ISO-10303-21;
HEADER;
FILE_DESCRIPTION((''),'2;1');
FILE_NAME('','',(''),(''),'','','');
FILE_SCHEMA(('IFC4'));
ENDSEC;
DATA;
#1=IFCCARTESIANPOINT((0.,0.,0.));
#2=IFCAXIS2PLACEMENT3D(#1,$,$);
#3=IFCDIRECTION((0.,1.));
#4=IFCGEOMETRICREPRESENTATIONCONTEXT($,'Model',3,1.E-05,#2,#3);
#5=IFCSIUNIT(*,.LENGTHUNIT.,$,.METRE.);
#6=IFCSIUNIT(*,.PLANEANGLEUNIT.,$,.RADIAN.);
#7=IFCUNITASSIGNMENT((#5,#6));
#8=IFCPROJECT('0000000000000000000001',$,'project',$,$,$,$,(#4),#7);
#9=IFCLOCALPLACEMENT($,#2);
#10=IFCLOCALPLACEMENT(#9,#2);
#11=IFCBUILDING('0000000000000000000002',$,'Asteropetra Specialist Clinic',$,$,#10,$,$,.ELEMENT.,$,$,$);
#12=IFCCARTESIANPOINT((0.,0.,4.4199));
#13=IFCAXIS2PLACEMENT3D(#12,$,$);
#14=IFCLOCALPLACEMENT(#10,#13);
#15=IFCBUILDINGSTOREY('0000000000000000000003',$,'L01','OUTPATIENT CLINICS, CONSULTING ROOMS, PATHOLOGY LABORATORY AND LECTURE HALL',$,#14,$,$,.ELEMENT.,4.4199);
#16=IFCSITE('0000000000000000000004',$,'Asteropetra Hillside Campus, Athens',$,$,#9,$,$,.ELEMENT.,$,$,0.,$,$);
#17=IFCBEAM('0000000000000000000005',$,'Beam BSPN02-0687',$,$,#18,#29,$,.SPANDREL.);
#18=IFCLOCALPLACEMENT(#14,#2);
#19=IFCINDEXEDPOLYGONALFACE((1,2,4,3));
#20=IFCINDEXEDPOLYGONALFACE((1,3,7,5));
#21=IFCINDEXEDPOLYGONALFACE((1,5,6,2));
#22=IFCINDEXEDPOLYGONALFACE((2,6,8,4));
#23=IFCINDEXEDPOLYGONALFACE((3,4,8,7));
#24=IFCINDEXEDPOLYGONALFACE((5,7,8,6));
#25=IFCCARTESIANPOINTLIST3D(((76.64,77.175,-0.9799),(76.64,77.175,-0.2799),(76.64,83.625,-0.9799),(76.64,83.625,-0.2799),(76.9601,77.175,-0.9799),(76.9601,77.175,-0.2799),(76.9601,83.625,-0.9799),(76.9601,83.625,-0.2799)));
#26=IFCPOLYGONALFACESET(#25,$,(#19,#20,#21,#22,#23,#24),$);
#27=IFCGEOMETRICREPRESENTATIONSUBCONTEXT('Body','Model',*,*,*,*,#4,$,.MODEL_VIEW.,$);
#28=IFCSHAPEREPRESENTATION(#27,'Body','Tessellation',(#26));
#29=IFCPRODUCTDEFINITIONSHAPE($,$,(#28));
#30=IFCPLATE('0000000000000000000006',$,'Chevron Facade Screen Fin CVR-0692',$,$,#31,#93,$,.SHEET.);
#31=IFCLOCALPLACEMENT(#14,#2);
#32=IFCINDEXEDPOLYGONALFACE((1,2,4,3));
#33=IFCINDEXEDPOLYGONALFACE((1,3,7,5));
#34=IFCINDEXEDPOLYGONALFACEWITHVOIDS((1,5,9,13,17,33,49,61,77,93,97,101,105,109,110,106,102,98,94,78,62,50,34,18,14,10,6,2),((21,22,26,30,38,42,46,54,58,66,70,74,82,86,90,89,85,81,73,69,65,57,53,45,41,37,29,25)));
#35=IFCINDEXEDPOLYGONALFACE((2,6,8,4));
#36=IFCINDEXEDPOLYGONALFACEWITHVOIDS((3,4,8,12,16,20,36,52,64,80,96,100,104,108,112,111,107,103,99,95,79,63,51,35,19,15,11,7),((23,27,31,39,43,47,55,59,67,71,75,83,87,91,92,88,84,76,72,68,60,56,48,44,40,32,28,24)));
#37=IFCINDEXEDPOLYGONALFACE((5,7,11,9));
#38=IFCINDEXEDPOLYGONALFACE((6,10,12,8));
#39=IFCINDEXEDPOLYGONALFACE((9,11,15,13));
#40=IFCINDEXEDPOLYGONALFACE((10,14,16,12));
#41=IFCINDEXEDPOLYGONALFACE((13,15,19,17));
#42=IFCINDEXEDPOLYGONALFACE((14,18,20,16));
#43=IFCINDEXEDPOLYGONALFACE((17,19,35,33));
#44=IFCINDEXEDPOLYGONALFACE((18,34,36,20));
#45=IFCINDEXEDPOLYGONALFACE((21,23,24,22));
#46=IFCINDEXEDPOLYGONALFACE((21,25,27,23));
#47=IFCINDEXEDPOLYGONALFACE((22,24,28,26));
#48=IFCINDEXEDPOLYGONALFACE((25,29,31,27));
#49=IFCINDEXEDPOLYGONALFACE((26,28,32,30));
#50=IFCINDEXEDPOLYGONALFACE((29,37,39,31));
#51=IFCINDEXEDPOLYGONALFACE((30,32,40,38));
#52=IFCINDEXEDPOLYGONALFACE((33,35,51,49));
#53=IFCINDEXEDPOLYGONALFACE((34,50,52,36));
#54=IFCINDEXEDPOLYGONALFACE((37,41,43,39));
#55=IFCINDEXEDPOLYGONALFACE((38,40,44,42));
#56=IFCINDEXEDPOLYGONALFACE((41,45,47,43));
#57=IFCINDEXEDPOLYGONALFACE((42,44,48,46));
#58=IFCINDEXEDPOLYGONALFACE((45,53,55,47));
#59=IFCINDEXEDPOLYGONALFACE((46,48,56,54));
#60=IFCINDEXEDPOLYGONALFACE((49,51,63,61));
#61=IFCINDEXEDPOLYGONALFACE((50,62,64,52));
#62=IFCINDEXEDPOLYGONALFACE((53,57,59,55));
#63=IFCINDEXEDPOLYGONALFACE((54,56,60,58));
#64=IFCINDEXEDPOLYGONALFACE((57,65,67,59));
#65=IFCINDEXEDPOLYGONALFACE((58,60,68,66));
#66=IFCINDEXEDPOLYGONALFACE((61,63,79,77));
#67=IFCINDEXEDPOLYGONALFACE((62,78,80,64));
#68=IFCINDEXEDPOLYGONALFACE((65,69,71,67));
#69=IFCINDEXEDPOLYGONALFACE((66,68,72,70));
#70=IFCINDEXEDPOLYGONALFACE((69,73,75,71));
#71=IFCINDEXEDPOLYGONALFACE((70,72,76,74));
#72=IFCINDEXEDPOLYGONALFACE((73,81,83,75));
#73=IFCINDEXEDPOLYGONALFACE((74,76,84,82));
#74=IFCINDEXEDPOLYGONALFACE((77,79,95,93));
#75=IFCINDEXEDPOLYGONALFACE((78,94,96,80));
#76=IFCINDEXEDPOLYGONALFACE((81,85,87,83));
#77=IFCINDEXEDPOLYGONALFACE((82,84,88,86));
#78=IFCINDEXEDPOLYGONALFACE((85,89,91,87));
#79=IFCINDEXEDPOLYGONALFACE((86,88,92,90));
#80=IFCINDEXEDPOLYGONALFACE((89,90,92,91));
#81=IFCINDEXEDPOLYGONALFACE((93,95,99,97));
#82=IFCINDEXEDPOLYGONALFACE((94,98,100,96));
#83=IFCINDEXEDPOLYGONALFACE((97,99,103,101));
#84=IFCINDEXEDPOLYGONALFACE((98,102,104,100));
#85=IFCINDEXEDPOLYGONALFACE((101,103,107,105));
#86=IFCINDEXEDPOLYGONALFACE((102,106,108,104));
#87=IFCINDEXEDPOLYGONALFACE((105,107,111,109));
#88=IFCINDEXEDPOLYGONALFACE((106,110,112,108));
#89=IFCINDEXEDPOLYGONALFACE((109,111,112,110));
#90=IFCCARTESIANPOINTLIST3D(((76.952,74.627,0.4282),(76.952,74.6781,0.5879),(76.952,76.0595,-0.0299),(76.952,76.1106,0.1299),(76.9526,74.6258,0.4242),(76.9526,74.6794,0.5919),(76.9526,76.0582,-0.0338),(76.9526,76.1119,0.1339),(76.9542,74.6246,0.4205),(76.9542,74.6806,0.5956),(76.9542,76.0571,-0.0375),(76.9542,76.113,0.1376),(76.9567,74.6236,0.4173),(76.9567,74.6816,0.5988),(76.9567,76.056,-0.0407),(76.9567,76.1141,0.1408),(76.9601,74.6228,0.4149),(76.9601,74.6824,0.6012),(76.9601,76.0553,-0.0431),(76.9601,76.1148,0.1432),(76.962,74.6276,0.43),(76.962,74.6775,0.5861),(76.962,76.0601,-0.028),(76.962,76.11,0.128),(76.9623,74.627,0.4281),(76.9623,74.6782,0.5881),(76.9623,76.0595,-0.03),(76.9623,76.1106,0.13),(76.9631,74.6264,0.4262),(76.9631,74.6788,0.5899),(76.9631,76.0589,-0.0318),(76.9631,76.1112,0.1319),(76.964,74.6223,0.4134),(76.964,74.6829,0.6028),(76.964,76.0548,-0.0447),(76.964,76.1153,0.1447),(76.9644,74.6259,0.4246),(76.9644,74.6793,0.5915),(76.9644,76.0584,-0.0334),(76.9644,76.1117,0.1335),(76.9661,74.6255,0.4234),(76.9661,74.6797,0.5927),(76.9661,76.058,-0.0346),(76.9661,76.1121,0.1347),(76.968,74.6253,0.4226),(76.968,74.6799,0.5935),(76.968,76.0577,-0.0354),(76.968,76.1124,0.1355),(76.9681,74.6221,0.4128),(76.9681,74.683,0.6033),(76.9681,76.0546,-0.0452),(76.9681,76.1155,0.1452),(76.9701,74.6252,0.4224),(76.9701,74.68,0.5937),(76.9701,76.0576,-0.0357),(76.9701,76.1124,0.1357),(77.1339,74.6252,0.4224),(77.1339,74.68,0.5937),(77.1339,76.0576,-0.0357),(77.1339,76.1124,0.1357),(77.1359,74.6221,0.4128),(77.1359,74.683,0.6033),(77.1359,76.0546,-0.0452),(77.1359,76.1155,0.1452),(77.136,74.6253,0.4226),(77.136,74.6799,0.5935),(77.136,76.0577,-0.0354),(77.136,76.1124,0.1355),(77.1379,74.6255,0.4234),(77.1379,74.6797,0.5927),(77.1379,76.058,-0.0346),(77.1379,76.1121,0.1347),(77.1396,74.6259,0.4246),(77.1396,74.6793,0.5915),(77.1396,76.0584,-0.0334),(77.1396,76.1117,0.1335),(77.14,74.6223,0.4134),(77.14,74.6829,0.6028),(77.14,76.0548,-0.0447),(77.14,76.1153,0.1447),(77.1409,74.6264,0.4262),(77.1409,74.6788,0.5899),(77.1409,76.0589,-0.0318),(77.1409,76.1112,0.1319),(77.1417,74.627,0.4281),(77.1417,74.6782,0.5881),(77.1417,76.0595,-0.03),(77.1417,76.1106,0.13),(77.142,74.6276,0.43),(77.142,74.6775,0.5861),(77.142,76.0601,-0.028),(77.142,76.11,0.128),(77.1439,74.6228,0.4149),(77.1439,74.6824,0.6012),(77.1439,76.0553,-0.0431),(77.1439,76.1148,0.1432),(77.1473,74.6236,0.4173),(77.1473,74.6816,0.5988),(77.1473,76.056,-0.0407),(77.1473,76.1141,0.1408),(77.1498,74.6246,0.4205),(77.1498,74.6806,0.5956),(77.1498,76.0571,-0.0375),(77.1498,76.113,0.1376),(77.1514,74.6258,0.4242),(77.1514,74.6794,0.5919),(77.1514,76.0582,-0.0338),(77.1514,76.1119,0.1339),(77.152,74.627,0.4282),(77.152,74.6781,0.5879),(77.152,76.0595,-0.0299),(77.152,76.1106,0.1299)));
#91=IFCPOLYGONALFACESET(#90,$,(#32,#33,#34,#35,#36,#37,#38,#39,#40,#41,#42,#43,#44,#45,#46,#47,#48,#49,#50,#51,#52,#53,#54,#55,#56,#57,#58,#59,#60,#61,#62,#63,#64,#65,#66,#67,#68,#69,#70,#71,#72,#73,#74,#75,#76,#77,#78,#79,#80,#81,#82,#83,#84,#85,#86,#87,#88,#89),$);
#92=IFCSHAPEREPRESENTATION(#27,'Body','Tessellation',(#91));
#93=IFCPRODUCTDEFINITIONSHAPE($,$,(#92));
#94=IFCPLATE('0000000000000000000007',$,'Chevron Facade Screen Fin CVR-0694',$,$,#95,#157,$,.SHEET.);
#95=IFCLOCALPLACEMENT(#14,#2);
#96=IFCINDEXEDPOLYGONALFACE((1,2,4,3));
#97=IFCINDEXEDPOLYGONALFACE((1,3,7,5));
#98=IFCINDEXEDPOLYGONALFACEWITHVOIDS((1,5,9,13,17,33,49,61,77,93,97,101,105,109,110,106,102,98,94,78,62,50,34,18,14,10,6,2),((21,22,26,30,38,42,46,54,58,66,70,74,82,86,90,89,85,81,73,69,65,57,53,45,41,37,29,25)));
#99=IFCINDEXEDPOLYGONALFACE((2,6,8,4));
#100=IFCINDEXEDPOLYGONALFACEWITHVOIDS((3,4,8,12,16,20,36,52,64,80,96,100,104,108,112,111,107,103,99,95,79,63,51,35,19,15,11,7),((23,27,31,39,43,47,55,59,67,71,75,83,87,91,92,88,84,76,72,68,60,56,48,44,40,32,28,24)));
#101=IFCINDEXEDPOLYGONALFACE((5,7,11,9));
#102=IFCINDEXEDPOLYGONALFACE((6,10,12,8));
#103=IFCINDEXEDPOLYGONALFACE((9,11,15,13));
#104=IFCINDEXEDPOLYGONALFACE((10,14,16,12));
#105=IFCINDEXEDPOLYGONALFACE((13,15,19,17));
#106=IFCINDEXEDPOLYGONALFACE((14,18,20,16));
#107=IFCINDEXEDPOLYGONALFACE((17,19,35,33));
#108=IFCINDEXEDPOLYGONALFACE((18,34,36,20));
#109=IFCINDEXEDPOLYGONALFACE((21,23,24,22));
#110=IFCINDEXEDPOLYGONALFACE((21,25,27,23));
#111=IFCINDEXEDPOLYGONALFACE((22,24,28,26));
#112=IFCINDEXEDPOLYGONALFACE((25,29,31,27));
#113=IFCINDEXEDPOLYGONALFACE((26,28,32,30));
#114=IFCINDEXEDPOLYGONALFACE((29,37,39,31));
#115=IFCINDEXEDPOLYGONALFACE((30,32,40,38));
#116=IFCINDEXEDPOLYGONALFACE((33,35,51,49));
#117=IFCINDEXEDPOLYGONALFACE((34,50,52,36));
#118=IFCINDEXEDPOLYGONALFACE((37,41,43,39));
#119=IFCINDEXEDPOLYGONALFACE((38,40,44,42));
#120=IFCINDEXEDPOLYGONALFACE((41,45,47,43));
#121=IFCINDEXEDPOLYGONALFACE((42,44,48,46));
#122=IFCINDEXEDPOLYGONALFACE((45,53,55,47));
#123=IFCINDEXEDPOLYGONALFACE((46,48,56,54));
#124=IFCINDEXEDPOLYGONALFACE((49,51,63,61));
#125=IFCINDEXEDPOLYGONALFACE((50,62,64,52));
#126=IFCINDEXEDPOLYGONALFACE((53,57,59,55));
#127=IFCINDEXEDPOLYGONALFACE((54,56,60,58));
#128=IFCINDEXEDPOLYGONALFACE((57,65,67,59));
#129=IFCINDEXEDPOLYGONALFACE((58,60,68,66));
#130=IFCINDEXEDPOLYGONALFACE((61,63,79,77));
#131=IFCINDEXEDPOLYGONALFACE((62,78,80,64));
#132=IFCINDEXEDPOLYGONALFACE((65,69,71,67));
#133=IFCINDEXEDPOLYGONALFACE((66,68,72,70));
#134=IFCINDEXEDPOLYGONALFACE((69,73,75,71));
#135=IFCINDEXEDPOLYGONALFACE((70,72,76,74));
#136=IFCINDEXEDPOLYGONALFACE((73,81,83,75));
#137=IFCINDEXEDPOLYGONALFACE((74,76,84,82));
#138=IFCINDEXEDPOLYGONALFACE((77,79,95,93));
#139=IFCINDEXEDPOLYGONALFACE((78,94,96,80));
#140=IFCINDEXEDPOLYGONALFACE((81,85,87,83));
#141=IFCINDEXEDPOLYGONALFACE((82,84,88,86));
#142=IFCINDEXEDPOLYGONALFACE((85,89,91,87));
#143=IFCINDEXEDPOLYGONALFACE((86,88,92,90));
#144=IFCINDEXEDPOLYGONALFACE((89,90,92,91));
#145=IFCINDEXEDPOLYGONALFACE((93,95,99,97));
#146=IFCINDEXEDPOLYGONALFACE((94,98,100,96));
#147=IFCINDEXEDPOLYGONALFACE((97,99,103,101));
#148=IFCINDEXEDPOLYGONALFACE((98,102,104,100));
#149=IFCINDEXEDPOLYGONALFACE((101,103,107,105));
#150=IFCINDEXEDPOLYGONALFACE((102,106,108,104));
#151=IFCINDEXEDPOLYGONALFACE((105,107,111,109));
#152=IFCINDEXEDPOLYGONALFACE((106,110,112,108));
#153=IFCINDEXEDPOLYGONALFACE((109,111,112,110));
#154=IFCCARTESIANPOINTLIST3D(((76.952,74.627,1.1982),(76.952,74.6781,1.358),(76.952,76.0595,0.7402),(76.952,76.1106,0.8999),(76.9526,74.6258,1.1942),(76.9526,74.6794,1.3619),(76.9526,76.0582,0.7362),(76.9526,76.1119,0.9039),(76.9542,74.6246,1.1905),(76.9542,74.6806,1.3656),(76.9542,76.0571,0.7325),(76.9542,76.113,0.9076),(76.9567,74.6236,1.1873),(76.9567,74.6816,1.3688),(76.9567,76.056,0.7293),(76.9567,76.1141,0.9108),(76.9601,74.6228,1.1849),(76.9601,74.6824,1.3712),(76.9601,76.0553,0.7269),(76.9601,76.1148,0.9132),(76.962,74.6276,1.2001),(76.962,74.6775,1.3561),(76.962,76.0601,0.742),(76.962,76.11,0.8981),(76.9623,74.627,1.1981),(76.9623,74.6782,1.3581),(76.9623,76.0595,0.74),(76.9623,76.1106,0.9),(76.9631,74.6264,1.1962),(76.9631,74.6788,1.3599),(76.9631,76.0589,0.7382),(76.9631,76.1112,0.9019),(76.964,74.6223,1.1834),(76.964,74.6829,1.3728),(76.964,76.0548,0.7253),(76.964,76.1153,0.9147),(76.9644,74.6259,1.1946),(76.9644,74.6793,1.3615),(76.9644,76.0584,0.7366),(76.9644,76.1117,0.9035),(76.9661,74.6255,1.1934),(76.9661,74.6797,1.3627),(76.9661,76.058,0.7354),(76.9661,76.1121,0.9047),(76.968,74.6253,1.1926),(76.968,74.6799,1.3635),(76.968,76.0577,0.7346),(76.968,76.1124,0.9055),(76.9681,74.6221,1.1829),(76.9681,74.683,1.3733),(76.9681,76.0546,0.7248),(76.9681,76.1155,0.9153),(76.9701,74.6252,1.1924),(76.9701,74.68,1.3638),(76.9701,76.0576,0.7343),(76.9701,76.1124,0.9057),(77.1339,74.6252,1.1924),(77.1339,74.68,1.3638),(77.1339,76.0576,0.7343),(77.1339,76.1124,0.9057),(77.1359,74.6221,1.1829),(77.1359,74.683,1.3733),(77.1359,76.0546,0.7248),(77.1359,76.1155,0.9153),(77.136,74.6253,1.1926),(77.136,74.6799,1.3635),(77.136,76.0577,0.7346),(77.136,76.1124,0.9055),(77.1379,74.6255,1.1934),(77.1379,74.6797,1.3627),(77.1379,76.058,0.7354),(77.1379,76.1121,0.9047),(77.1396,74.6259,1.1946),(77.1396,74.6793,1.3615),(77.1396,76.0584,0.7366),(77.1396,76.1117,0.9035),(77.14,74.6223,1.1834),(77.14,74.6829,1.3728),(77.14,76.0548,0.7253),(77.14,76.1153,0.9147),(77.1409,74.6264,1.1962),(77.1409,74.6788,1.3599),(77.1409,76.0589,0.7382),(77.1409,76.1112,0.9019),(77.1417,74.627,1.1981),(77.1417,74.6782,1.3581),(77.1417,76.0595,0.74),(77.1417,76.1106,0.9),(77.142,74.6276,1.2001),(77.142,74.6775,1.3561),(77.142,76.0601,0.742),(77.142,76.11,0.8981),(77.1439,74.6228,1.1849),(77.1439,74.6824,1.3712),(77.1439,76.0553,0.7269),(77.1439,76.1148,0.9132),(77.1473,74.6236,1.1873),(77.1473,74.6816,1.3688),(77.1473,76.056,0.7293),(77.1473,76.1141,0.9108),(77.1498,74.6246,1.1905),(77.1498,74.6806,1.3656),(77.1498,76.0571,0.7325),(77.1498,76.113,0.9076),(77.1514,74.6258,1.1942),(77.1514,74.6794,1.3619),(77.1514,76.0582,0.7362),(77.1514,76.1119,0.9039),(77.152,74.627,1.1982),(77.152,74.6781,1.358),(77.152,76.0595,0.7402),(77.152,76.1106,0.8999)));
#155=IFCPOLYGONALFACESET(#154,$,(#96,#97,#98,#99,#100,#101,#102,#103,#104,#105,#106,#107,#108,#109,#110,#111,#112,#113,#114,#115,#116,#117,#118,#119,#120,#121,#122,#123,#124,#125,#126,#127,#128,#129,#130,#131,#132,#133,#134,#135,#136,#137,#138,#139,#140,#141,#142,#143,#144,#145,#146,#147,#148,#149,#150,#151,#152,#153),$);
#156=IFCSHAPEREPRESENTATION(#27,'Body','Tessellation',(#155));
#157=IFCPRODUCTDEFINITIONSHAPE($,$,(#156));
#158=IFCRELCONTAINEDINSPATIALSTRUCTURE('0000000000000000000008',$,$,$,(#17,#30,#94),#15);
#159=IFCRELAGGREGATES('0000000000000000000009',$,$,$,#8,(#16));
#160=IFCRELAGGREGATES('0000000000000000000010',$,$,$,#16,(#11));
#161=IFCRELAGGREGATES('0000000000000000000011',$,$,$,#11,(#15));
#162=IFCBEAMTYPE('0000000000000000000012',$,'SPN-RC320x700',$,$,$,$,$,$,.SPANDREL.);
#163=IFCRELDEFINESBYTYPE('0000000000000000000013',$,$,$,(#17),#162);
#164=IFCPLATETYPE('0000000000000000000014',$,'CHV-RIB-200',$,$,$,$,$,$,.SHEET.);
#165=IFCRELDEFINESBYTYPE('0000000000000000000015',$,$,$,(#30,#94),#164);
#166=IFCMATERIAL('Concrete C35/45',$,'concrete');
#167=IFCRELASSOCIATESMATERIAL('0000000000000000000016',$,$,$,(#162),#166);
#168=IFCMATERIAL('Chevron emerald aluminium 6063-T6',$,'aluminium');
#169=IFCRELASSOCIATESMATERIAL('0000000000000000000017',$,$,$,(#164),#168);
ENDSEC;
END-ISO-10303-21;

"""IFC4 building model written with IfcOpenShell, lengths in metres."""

from ifc_helpers import new_model, si_unit, direction, frame, origin, origin_2d, place, context, subcontext, project, spatial, rectangle, hollow_rectangle, extrude, material, material_profile, profile_set, type_object, element, save


model = new_model("IFC4")

# Units and contexts
model_context = context("Model", 3, precision=1e-05, world=origin(), true_north=direction((0.0, 1.0)))
body_context = subcontext(model_context, "Body", "Model", "MODEL_VIEW")
ifc_project = project(units=[si_unit("LENGTHUNIT", "METRE"), si_unit("PLANEANGLEUNIT", "RADIAN")], contexts=[model_context])

# Site, building, storey
site_placement = place(None, origin())
site = spatial("IfcSite", under=ifc_project, at=site_placement, Name="Asteropetra Hillside Campus, Athens", CompositionType="ELEMENT", RefElevation=0.0)
building_placement = place(site_placement, origin())
building = spatial("IfcBuilding", under=site, at=building_placement, Name="Asteropetra Specialist Clinic", CompositionType="ELEMENT")
storey_placement = place(building_placement, frame((0.0, 0.0, 4.4199)))
storey = spatial("IfcBuildingStorey", under=building, at=storey_placement, Name="L01", Description="OUTPATIENT CLINICS, CONSULTING ROOMS, PATHOLOGY LABORATORY AND LECTURE HALL", CompositionType="ELEMENT", Elevation=4.4199)

# Beam
ifc_material_1 = material(Name="Concrete C35/45", Category="concrete")
ifc_material_profile_1 = material_profile(ifc_material_1, rectangle(XDim=0.3201, YDim=0.7, at=origin_2d()), Name="RCS 320x700")
ifc_profile_set_1 = profile_set([ifc_material_profile_1], Name="Concrete C35/45")
beam_type_1 = type_object("IfcBeamType", Name="SPN-RC320x700", PredefinedType="SPANDREL", material=ifc_profile_set_1)
beam_placement = place(storey_placement, frame((76.8, 77.175, -0.6299), z_axis=(0.0, 1.0, 0.0), x_axis=(-1.0, 0.0, 0.0)))
element("IfcBeam", 1, at=beam_placement, inside=storey, type_object=beam_type_1, Name="Beam BSPN02-0687", PredefinedType="SPANDREL", context=body_context, shape_type="SweptSolid", body=[
    extrude(rectangle(XDim=0.3201, YDim=0.7, at=origin_2d()), origin(), (0.0, 0.0, 1.0), 6.45),
])

# Plates
ifc_material_2 = material(Name="Chevron emerald aluminium 6063-T6", Category="aluminium")
ifc_material_profile_2 = material_profile(ifc_material_2, hollow_rectangle(XDim=0.2, YDim=0.2, WallThickness=0.01, InnerFilletRadius=0.0081, OuterFilletRadius=0.0161, at=origin_2d()), Name="SHS 200x200x10.0")
ifc_profile_set_2 = profile_set([ifc_material_profile_2], Name="Chevron emerald aluminium 6063-T6")
plate_type_1 = type_object("IfcPlateType", Name="CHV-RIB-200", PredefinedType="SHEET", material=ifc_profile_set_2)
for number, where, z_axis, x_axis, name in (
    (2, (77.052, 74.6526, 0.5081), (0.0, 0.952492, -0.304564), (-1.0, 0.0, 0.0), "Chevron Facade Screen Fin CVR-0692"),
    (3, (77.052, 74.6526, 1.2781), (0.0, 0.952492, -0.304564), (-1.0, 0.0, 0.0), "Chevron Facade Screen Fin CVR-0694"),
):
    element("IfcPlate", number, at=place(storey_placement, frame(where, z_axis=z_axis, x_axis=x_axis)), inside=storey, type_object=plate_type_1, Name=name, PredefinedType="SHEET", context=body_context, shape_type="SweptSolid", body=[
        extrude(hollow_rectangle(XDim=0.2, YDim=0.2, WallThickness=0.01, InnerFilletRadius=0.0081, OuterFilletRadius=0.0161, at=origin_2d()), origin(), (0.0, 0.0, 1.0), 1.5039),
    ])

save(model, "model.ifc")
